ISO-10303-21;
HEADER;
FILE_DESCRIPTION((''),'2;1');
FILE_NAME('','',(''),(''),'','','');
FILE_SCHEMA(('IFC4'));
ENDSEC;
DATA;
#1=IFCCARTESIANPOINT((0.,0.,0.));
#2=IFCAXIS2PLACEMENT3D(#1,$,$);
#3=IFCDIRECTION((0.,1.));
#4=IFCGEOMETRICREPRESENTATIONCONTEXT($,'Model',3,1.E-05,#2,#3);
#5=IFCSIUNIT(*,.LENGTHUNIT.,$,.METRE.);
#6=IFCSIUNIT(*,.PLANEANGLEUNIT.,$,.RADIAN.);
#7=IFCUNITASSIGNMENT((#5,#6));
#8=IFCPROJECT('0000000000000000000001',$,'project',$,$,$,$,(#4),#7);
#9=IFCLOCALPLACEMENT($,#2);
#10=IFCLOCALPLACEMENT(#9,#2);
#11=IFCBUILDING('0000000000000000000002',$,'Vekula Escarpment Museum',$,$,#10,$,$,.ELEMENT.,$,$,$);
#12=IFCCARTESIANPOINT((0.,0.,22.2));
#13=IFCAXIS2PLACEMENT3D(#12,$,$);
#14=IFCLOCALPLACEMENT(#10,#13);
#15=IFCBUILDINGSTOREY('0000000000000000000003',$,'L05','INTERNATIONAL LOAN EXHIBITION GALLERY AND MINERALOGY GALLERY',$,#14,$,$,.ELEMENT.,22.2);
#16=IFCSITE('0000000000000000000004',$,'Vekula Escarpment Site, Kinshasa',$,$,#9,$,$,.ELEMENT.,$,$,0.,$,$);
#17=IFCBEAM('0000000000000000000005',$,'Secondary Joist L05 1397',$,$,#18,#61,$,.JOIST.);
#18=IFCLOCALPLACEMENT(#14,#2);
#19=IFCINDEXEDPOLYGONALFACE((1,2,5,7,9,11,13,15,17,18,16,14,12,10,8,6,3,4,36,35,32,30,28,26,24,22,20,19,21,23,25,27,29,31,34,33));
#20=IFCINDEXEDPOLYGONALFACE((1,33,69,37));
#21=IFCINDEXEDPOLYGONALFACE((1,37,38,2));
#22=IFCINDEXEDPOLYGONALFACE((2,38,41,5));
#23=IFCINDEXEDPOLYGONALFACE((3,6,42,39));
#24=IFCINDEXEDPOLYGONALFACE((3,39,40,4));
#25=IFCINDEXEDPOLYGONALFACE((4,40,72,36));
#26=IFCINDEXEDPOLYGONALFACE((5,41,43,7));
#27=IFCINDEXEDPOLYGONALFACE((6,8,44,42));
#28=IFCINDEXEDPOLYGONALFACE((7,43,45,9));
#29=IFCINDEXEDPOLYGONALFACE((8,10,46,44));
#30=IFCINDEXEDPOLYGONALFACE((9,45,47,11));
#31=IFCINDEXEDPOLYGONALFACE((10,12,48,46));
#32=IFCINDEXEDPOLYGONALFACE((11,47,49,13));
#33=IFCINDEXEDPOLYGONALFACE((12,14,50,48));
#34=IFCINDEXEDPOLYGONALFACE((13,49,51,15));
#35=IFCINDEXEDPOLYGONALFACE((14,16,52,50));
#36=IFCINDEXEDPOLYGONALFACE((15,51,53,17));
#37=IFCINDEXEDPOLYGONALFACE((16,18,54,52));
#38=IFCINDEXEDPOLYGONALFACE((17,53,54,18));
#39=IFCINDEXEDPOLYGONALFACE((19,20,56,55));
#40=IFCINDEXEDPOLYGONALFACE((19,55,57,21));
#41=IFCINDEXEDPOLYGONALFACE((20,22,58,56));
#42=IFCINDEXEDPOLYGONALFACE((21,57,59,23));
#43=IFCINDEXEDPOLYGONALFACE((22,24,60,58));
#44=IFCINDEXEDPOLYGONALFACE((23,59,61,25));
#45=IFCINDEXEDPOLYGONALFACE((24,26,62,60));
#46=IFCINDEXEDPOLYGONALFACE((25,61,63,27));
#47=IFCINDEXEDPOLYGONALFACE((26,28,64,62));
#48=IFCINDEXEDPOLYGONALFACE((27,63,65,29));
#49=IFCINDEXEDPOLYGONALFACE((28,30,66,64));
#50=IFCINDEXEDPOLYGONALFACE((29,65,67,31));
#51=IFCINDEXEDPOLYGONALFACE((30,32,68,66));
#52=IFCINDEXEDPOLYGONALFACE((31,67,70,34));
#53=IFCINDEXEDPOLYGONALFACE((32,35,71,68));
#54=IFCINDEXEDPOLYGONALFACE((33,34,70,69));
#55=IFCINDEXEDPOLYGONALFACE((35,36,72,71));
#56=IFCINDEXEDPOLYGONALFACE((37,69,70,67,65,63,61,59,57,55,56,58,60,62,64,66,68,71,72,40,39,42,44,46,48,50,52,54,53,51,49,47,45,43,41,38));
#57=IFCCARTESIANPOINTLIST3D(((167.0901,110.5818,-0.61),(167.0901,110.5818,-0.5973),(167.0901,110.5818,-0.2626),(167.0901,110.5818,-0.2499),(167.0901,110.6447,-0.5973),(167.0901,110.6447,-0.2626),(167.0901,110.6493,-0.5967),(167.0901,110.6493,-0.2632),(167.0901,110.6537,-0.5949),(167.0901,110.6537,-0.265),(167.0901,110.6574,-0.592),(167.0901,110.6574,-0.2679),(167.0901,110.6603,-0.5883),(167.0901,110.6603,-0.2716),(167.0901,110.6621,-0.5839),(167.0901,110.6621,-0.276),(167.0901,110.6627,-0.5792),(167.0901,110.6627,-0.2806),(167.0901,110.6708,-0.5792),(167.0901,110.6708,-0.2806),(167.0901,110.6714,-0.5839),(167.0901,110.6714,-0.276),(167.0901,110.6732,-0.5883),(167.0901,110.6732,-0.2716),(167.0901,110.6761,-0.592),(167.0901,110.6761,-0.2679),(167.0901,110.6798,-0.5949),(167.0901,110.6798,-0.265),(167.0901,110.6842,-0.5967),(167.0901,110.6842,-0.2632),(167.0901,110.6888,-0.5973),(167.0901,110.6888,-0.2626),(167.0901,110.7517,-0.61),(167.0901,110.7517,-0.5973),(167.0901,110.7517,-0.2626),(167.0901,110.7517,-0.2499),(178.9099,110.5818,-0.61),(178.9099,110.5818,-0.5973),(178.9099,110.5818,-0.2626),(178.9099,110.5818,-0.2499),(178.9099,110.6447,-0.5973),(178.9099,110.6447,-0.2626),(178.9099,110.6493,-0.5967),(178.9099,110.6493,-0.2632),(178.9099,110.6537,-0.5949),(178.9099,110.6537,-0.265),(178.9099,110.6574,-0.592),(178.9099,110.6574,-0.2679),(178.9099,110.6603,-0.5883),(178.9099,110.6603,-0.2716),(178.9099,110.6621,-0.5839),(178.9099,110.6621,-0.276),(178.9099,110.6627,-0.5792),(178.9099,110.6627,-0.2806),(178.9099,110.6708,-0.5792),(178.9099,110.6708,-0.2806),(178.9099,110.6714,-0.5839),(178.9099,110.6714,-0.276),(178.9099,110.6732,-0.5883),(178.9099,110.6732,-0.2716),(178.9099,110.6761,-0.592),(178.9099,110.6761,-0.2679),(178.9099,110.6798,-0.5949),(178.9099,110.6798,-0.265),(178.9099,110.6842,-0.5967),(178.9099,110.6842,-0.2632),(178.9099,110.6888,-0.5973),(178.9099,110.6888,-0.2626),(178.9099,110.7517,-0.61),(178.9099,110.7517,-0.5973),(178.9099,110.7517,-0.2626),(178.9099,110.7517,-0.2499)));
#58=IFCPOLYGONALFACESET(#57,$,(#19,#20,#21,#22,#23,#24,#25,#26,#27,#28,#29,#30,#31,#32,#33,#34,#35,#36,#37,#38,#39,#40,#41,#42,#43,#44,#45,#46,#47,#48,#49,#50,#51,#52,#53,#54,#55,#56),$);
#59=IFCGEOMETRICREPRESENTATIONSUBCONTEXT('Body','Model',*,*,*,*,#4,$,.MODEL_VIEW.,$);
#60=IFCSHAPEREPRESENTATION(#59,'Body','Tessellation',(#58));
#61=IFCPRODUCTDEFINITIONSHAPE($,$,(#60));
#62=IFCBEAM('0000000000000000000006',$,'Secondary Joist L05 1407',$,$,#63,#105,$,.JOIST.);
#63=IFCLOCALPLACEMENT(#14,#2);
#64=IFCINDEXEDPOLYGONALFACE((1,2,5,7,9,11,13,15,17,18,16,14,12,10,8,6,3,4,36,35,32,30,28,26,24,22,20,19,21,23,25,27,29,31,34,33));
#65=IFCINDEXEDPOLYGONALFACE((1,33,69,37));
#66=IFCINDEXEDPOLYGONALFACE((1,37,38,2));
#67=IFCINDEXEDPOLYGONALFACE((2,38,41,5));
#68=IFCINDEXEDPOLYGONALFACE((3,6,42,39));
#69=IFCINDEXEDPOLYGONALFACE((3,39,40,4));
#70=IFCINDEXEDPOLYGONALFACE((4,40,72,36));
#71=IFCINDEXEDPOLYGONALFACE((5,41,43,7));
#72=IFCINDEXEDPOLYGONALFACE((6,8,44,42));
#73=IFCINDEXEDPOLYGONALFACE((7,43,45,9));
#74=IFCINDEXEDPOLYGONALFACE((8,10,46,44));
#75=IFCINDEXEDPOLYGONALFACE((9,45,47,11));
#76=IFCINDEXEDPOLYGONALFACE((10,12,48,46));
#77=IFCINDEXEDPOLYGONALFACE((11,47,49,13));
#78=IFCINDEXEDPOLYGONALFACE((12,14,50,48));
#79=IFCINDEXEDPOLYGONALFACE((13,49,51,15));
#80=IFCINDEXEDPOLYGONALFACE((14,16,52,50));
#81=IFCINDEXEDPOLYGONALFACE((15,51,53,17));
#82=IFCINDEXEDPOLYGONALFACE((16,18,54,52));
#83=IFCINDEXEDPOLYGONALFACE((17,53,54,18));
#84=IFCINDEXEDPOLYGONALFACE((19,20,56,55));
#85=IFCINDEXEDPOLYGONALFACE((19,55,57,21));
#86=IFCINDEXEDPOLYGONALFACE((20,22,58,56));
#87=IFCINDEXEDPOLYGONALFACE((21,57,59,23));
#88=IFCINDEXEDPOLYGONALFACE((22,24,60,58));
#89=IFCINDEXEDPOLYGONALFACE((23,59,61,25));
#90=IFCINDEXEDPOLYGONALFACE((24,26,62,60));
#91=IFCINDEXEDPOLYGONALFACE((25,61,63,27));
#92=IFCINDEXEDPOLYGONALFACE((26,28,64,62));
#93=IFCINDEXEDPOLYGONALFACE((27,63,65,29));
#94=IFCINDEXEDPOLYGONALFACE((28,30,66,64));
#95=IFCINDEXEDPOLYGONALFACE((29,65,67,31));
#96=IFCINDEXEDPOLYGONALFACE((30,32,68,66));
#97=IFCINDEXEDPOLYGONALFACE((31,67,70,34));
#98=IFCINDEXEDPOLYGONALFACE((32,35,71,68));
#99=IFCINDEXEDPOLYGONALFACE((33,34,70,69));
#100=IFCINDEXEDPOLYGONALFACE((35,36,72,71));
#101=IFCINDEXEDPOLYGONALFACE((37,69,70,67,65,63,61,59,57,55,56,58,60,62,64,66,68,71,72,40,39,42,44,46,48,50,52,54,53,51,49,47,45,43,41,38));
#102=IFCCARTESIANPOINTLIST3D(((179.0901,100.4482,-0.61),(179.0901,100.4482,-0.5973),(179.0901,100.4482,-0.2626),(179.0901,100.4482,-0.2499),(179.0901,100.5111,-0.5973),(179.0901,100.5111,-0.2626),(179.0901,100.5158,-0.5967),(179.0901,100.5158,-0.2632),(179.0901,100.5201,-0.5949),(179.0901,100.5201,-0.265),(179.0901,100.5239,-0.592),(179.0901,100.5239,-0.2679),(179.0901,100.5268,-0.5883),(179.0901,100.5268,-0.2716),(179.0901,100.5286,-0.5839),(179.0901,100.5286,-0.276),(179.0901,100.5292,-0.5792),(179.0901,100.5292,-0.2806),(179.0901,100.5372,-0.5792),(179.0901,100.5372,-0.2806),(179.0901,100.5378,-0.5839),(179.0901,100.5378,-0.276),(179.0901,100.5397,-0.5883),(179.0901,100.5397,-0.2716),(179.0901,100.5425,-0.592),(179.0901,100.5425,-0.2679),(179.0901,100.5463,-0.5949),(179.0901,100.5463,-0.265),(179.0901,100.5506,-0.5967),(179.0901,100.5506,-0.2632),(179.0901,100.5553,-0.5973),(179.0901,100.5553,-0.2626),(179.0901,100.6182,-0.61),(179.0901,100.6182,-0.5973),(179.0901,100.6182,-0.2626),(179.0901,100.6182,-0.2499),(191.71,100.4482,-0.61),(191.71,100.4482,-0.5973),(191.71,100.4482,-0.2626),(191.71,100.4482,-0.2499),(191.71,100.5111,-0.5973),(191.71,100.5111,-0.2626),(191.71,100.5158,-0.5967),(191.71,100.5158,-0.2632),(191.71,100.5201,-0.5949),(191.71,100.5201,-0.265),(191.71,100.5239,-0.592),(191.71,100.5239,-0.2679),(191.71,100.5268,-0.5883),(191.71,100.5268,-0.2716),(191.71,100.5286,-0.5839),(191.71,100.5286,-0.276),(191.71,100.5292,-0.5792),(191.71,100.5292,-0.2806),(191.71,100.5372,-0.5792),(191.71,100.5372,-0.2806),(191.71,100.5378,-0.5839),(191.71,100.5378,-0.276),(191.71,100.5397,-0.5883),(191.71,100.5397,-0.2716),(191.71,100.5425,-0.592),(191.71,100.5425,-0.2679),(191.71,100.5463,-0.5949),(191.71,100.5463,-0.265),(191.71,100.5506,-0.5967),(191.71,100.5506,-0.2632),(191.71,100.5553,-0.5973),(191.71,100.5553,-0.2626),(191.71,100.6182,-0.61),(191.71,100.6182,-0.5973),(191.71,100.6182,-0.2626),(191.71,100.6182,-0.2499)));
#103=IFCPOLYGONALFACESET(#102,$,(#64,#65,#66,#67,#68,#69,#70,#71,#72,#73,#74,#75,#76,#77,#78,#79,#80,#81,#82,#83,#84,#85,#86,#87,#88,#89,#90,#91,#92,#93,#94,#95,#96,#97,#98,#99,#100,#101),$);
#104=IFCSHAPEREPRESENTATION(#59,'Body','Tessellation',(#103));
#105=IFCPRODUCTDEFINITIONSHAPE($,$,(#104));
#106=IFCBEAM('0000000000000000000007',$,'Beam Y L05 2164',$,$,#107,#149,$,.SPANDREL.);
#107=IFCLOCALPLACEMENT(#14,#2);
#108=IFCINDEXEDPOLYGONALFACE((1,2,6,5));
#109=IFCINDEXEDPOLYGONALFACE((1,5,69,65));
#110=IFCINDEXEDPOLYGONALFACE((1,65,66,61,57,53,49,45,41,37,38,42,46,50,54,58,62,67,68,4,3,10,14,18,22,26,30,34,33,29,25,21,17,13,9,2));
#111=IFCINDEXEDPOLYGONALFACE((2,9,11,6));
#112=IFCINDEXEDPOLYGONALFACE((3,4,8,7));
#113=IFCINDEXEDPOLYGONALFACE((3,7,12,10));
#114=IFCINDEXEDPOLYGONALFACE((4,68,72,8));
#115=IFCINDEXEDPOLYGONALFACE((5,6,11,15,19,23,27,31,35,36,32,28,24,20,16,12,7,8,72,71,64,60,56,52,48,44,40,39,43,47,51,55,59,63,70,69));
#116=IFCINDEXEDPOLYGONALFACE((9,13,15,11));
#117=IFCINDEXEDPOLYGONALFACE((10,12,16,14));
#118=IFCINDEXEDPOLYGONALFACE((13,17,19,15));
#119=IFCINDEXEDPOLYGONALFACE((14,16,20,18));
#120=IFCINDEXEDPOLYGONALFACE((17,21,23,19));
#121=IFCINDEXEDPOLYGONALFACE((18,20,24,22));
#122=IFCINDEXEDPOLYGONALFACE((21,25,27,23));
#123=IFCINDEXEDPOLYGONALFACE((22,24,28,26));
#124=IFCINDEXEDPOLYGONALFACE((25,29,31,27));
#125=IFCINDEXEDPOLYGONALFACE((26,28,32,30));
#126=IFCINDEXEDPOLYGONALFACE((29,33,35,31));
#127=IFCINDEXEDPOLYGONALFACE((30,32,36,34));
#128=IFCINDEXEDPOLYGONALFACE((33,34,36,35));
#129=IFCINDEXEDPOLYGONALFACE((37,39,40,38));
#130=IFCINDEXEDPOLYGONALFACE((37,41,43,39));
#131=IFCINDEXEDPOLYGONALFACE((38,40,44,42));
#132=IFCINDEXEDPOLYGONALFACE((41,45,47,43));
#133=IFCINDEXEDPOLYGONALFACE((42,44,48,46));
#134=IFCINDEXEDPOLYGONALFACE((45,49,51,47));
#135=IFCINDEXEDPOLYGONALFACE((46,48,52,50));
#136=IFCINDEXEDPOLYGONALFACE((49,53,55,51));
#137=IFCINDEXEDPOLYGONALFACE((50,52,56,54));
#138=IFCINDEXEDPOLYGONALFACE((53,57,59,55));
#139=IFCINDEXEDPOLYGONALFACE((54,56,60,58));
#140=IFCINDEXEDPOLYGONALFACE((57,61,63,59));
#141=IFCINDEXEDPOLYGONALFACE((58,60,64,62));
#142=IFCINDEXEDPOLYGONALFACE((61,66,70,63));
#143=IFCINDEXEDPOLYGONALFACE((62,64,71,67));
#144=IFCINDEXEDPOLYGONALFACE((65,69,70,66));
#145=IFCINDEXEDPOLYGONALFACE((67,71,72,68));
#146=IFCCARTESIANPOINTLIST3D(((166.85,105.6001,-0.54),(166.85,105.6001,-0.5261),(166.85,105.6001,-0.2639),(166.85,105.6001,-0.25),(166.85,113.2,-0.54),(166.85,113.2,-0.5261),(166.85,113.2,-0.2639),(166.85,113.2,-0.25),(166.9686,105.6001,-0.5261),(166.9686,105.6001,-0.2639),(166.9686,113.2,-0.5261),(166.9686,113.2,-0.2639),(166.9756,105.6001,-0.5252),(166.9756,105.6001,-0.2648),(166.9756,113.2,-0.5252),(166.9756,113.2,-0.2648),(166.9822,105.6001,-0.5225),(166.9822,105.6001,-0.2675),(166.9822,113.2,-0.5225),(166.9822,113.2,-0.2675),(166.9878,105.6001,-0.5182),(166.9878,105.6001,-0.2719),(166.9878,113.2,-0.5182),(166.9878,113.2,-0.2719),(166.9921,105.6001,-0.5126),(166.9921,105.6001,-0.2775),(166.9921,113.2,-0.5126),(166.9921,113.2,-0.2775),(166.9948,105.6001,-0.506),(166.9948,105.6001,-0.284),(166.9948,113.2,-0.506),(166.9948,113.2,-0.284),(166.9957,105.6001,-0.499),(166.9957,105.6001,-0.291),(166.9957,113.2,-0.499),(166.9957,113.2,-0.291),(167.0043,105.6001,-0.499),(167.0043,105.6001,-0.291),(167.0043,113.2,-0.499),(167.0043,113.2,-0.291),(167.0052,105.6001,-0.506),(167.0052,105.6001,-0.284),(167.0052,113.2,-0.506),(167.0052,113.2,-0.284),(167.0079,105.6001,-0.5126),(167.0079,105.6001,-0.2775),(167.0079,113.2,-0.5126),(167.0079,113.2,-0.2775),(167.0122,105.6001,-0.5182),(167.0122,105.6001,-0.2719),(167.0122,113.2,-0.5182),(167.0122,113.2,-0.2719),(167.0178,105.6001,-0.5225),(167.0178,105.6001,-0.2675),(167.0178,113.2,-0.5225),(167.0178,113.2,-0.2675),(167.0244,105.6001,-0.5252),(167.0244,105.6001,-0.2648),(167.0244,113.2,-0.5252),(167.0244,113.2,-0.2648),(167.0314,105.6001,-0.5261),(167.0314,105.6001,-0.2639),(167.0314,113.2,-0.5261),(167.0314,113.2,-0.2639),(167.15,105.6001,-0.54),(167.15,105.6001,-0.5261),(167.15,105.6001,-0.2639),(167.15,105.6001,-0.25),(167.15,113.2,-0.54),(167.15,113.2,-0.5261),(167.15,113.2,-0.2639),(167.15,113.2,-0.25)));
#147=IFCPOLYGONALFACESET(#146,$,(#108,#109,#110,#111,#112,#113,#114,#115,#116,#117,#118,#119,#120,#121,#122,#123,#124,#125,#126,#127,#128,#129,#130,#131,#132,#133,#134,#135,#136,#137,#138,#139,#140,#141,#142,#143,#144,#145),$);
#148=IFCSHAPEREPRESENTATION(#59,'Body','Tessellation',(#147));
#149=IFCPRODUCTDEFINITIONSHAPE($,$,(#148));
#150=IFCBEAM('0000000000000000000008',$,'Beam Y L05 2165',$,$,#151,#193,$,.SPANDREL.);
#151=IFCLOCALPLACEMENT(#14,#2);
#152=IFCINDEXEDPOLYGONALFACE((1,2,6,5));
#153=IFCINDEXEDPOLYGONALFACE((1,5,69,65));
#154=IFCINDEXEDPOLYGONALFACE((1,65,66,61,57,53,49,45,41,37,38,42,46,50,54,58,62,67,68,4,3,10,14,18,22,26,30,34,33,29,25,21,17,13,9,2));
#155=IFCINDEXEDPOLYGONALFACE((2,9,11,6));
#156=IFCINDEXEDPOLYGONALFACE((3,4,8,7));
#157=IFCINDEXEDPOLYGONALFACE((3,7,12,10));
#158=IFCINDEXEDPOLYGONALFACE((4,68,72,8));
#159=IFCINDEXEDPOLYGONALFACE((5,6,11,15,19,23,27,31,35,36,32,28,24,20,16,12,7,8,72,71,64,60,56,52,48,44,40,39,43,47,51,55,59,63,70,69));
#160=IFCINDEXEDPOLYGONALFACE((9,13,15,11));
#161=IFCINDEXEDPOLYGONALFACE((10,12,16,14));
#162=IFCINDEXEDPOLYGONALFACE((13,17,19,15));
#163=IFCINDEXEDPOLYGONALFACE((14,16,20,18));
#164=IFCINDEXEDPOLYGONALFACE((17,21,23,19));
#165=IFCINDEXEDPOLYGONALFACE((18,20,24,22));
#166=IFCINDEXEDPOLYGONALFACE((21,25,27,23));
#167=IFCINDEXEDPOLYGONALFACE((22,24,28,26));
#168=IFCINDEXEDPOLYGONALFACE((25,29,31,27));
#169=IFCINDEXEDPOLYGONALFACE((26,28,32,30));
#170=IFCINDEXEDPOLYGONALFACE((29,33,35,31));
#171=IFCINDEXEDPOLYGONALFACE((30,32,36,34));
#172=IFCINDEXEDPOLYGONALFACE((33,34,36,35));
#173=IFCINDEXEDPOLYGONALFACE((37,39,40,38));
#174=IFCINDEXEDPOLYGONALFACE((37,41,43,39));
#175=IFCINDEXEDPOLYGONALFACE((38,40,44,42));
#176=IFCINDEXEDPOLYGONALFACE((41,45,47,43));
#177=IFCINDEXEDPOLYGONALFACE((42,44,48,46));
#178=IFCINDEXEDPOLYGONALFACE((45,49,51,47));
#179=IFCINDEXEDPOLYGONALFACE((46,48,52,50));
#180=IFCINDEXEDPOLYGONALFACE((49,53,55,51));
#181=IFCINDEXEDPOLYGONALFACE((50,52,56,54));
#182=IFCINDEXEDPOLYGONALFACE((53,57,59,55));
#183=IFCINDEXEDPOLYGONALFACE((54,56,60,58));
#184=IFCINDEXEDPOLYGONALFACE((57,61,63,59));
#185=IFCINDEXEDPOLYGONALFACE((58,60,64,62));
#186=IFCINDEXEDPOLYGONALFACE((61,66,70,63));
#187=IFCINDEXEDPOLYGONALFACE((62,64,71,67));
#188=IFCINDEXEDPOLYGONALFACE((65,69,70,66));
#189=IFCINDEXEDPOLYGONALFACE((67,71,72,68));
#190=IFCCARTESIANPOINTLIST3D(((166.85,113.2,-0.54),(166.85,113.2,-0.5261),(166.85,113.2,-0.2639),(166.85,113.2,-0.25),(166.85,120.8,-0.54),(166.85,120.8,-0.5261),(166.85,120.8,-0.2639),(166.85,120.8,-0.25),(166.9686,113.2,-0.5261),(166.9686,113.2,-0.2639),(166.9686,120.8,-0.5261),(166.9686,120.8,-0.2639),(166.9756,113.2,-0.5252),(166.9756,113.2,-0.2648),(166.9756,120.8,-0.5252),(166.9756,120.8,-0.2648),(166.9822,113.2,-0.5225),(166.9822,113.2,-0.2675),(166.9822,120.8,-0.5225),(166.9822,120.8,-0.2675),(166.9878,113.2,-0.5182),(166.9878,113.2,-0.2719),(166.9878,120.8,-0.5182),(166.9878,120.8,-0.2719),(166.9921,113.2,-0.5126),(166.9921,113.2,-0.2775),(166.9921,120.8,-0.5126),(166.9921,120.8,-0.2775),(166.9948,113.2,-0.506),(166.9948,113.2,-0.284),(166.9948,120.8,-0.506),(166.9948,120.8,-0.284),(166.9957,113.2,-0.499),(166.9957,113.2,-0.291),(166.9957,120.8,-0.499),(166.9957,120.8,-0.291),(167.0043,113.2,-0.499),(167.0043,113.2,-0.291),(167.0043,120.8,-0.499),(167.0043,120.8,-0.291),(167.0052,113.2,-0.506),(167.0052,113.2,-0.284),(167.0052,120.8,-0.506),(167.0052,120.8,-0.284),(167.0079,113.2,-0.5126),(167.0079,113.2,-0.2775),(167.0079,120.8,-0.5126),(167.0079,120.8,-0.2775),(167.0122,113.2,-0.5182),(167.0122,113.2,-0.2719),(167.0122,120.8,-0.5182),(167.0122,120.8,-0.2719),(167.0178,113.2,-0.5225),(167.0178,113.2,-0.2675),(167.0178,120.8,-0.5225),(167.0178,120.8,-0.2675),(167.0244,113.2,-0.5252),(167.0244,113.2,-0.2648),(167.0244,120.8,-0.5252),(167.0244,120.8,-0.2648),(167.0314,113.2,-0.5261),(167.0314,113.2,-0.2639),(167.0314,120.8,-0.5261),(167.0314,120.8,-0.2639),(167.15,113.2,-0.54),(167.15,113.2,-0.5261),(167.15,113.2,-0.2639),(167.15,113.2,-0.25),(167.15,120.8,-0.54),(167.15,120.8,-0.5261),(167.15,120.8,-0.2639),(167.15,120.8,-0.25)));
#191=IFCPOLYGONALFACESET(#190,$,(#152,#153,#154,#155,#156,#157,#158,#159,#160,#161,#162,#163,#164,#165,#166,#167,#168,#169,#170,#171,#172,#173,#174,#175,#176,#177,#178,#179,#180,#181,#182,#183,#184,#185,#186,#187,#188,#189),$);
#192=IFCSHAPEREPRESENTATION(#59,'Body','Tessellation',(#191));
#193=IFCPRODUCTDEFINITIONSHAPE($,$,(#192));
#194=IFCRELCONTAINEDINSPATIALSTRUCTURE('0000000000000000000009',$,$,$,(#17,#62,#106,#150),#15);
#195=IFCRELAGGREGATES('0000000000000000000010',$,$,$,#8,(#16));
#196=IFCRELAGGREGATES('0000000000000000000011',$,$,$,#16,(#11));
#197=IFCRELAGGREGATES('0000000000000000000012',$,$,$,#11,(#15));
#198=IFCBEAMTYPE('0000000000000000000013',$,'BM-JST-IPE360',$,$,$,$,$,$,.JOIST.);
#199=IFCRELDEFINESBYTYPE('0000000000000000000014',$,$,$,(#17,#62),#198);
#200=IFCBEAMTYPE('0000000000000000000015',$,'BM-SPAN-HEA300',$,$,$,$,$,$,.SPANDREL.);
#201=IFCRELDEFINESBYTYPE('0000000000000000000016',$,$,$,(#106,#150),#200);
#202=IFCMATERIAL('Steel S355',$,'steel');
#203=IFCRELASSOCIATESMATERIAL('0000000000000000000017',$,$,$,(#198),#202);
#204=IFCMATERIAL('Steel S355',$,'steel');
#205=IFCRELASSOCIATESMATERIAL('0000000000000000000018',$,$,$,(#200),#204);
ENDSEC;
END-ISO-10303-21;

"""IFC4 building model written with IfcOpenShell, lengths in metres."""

from ifc_helpers import new_model, si_unit, direction, frame, origin, origin_2d, place, context, subcontext, project, spatial, i_section, extrude, material, material_profile, profile_set, type_object, element, save


model = new_model("IFC4")

# Units and contexts
model_context = context("Model", 3, precision=1e-05, world=origin(), true_north=direction((0.0, 1.0)))
body_context = subcontext(model_context, "Body", "Model", "MODEL_VIEW")
ifc_project = project(units=[si_unit("LENGTHUNIT", "METRE"), si_unit("PLANEANGLEUNIT", "RADIAN")], contexts=[model_context])

# Site, building, storey
site_placement = place(None, origin())
site = spatial("IfcSite", under=ifc_project, at=site_placement, Name="Vekula Escarpment Site, Kinshasa", CompositionType="ELEMENT", RefElevation=0.0)
building_placement = place(site_placement, origin())
building = spatial("IfcBuilding", under=site, at=building_placement, Name="Vekula Escarpment Museum", CompositionType="ELEMENT")
storey_placement = place(building_placement, frame((0.0, 0.0, 22.2)))
storey = spatial("IfcBuildingStorey", under=building, at=storey_placement, Name="L05", Description="INTERNATIONAL LOAN EXHIBITION GALLERY AND MINERALOGY GALLERY", CompositionType="ELEMENT", Elevation=22.2)

# Beams
ifc_material_1 = material(Name="Steel S355", Category="steel")
ifc_material_profile_1 = material_profile(ifc_material_1, i_section(OverallWidth=0.1699, OverallDepth=0.3601, WebThickness=0.0081, FlangeThickness=0.0127, FilletRadius=0.0181, at=origin_2d()), Name="IPE 360")
ifc_profile_set_1 = profile_set([ifc_material_profile_1], Name="Steel S355")
beam_type_1 = type_object("IfcBeamType", Name="BM-JST-IPE360", PredefinedType="JOIST", material=ifc_profile_set_1)
for number, where, z_axis, x_axis, name in (
    (1, (167.0901, 110.6667, -0.4299), (1.0, 0.0, 0.0), (0.0, 1.0, 0.0), "Secondary Joist L05 1397"),
):
    element("IfcBeam", number, at=place(storey_placement, frame(where, z_axis=z_axis, x_axis=x_axis)), inside=storey, type_object=beam_type_1, Name=name, PredefinedType="JOIST", context=body_context, shape_type="SweptSolid", body=[
        extrude(i_section(OverallWidth=0.1699, OverallDepth=0.3601, WebThickness=0.0081, FlangeThickness=0.0127, FilletRadius=0.0181, at=origin_2d()), origin(), (0.0, 0.0, 1.0), 11.8198),
    ])
beam_1_placement = place(storey_placement, frame((179.0901, 100.5332, -0.4299), z_axis=(1.0, 0.0, 0.0), x_axis=(0.0, 1.0, 0.0)))
element("IfcBeam", 2, at=beam_1_placement, inside=storey, type_object=beam_type_1, Name="Secondary Joist L05 1407", PredefinedType="JOIST", context=body_context, shape_type="SweptSolid", body=[
    extrude(i_section(OverallWidth=0.1699, OverallDepth=0.3601, WebThickness=0.0081, FlangeThickness=0.0127, FilletRadius=0.0181, at=origin_2d()), origin(), (0.0, 0.0, 1.0), 12.6199),
])
ifc_material_2 = material(Name="Steel S355", Category="steel")
ifc_material_profile_2 = material_profile(ifc_material_2, i_section(OverallWidth=0.3, OverallDepth=0.29, WebThickness=0.0085, FlangeThickness=0.0139, FilletRadius=0.0271, at=origin_2d()), Name="HEA 300")
ifc_profile_set_2 = profile_set([ifc_material_profile_2], Name="Steel S355")
beam_type_2 = type_object("IfcBeamType", Name="BM-SPAN-HEA300", PredefinedType="SPANDREL", material=ifc_profile_set_2)
beam_2_placement = place(storey_placement, frame((167.0, 105.6001, -0.395), z_axis=(0.0, 1.0, 0.0), x_axis=(-1.0, 0.0, 0.0)))
element("IfcBeam", 3, at=beam_2_placement, inside=storey, type_object=beam_type_2, Name="Beam Y L05 2164", PredefinedType="SPANDREL", context=body_context, shape_type="SweptSolid", body=[
    extrude(i_section(OverallWidth=0.3, OverallDepth=0.29, WebThickness=0.0085, FlangeThickness=0.0139, FilletRadius=0.0271, at=origin_2d()), origin(), (0.0, 0.0, 1.0), 7.5999),
])
beam_3_placement = place(storey_placement, frame((167.0, 113.2, -0.395), z_axis=(0.0, 1.0, 0.0), x_axis=(-1.0, 0.0, 0.0)))
element("IfcBeam", 4, at=beam_3_placement, inside=storey, type_object=beam_type_2, Name="Beam Y L05 2165", PredefinedType="SPANDREL", context=body_context, shape_type="SweptSolid", body=[
    extrude(i_section(OverallWidth=0.3, OverallDepth=0.29, WebThickness=0.0085, FlangeThickness=0.0139, FilletRadius=0.0271, at=origin_2d()), origin(), (0.0, 0.0, 1.0), 7.6001),
])

save(model, "model.ifc")
